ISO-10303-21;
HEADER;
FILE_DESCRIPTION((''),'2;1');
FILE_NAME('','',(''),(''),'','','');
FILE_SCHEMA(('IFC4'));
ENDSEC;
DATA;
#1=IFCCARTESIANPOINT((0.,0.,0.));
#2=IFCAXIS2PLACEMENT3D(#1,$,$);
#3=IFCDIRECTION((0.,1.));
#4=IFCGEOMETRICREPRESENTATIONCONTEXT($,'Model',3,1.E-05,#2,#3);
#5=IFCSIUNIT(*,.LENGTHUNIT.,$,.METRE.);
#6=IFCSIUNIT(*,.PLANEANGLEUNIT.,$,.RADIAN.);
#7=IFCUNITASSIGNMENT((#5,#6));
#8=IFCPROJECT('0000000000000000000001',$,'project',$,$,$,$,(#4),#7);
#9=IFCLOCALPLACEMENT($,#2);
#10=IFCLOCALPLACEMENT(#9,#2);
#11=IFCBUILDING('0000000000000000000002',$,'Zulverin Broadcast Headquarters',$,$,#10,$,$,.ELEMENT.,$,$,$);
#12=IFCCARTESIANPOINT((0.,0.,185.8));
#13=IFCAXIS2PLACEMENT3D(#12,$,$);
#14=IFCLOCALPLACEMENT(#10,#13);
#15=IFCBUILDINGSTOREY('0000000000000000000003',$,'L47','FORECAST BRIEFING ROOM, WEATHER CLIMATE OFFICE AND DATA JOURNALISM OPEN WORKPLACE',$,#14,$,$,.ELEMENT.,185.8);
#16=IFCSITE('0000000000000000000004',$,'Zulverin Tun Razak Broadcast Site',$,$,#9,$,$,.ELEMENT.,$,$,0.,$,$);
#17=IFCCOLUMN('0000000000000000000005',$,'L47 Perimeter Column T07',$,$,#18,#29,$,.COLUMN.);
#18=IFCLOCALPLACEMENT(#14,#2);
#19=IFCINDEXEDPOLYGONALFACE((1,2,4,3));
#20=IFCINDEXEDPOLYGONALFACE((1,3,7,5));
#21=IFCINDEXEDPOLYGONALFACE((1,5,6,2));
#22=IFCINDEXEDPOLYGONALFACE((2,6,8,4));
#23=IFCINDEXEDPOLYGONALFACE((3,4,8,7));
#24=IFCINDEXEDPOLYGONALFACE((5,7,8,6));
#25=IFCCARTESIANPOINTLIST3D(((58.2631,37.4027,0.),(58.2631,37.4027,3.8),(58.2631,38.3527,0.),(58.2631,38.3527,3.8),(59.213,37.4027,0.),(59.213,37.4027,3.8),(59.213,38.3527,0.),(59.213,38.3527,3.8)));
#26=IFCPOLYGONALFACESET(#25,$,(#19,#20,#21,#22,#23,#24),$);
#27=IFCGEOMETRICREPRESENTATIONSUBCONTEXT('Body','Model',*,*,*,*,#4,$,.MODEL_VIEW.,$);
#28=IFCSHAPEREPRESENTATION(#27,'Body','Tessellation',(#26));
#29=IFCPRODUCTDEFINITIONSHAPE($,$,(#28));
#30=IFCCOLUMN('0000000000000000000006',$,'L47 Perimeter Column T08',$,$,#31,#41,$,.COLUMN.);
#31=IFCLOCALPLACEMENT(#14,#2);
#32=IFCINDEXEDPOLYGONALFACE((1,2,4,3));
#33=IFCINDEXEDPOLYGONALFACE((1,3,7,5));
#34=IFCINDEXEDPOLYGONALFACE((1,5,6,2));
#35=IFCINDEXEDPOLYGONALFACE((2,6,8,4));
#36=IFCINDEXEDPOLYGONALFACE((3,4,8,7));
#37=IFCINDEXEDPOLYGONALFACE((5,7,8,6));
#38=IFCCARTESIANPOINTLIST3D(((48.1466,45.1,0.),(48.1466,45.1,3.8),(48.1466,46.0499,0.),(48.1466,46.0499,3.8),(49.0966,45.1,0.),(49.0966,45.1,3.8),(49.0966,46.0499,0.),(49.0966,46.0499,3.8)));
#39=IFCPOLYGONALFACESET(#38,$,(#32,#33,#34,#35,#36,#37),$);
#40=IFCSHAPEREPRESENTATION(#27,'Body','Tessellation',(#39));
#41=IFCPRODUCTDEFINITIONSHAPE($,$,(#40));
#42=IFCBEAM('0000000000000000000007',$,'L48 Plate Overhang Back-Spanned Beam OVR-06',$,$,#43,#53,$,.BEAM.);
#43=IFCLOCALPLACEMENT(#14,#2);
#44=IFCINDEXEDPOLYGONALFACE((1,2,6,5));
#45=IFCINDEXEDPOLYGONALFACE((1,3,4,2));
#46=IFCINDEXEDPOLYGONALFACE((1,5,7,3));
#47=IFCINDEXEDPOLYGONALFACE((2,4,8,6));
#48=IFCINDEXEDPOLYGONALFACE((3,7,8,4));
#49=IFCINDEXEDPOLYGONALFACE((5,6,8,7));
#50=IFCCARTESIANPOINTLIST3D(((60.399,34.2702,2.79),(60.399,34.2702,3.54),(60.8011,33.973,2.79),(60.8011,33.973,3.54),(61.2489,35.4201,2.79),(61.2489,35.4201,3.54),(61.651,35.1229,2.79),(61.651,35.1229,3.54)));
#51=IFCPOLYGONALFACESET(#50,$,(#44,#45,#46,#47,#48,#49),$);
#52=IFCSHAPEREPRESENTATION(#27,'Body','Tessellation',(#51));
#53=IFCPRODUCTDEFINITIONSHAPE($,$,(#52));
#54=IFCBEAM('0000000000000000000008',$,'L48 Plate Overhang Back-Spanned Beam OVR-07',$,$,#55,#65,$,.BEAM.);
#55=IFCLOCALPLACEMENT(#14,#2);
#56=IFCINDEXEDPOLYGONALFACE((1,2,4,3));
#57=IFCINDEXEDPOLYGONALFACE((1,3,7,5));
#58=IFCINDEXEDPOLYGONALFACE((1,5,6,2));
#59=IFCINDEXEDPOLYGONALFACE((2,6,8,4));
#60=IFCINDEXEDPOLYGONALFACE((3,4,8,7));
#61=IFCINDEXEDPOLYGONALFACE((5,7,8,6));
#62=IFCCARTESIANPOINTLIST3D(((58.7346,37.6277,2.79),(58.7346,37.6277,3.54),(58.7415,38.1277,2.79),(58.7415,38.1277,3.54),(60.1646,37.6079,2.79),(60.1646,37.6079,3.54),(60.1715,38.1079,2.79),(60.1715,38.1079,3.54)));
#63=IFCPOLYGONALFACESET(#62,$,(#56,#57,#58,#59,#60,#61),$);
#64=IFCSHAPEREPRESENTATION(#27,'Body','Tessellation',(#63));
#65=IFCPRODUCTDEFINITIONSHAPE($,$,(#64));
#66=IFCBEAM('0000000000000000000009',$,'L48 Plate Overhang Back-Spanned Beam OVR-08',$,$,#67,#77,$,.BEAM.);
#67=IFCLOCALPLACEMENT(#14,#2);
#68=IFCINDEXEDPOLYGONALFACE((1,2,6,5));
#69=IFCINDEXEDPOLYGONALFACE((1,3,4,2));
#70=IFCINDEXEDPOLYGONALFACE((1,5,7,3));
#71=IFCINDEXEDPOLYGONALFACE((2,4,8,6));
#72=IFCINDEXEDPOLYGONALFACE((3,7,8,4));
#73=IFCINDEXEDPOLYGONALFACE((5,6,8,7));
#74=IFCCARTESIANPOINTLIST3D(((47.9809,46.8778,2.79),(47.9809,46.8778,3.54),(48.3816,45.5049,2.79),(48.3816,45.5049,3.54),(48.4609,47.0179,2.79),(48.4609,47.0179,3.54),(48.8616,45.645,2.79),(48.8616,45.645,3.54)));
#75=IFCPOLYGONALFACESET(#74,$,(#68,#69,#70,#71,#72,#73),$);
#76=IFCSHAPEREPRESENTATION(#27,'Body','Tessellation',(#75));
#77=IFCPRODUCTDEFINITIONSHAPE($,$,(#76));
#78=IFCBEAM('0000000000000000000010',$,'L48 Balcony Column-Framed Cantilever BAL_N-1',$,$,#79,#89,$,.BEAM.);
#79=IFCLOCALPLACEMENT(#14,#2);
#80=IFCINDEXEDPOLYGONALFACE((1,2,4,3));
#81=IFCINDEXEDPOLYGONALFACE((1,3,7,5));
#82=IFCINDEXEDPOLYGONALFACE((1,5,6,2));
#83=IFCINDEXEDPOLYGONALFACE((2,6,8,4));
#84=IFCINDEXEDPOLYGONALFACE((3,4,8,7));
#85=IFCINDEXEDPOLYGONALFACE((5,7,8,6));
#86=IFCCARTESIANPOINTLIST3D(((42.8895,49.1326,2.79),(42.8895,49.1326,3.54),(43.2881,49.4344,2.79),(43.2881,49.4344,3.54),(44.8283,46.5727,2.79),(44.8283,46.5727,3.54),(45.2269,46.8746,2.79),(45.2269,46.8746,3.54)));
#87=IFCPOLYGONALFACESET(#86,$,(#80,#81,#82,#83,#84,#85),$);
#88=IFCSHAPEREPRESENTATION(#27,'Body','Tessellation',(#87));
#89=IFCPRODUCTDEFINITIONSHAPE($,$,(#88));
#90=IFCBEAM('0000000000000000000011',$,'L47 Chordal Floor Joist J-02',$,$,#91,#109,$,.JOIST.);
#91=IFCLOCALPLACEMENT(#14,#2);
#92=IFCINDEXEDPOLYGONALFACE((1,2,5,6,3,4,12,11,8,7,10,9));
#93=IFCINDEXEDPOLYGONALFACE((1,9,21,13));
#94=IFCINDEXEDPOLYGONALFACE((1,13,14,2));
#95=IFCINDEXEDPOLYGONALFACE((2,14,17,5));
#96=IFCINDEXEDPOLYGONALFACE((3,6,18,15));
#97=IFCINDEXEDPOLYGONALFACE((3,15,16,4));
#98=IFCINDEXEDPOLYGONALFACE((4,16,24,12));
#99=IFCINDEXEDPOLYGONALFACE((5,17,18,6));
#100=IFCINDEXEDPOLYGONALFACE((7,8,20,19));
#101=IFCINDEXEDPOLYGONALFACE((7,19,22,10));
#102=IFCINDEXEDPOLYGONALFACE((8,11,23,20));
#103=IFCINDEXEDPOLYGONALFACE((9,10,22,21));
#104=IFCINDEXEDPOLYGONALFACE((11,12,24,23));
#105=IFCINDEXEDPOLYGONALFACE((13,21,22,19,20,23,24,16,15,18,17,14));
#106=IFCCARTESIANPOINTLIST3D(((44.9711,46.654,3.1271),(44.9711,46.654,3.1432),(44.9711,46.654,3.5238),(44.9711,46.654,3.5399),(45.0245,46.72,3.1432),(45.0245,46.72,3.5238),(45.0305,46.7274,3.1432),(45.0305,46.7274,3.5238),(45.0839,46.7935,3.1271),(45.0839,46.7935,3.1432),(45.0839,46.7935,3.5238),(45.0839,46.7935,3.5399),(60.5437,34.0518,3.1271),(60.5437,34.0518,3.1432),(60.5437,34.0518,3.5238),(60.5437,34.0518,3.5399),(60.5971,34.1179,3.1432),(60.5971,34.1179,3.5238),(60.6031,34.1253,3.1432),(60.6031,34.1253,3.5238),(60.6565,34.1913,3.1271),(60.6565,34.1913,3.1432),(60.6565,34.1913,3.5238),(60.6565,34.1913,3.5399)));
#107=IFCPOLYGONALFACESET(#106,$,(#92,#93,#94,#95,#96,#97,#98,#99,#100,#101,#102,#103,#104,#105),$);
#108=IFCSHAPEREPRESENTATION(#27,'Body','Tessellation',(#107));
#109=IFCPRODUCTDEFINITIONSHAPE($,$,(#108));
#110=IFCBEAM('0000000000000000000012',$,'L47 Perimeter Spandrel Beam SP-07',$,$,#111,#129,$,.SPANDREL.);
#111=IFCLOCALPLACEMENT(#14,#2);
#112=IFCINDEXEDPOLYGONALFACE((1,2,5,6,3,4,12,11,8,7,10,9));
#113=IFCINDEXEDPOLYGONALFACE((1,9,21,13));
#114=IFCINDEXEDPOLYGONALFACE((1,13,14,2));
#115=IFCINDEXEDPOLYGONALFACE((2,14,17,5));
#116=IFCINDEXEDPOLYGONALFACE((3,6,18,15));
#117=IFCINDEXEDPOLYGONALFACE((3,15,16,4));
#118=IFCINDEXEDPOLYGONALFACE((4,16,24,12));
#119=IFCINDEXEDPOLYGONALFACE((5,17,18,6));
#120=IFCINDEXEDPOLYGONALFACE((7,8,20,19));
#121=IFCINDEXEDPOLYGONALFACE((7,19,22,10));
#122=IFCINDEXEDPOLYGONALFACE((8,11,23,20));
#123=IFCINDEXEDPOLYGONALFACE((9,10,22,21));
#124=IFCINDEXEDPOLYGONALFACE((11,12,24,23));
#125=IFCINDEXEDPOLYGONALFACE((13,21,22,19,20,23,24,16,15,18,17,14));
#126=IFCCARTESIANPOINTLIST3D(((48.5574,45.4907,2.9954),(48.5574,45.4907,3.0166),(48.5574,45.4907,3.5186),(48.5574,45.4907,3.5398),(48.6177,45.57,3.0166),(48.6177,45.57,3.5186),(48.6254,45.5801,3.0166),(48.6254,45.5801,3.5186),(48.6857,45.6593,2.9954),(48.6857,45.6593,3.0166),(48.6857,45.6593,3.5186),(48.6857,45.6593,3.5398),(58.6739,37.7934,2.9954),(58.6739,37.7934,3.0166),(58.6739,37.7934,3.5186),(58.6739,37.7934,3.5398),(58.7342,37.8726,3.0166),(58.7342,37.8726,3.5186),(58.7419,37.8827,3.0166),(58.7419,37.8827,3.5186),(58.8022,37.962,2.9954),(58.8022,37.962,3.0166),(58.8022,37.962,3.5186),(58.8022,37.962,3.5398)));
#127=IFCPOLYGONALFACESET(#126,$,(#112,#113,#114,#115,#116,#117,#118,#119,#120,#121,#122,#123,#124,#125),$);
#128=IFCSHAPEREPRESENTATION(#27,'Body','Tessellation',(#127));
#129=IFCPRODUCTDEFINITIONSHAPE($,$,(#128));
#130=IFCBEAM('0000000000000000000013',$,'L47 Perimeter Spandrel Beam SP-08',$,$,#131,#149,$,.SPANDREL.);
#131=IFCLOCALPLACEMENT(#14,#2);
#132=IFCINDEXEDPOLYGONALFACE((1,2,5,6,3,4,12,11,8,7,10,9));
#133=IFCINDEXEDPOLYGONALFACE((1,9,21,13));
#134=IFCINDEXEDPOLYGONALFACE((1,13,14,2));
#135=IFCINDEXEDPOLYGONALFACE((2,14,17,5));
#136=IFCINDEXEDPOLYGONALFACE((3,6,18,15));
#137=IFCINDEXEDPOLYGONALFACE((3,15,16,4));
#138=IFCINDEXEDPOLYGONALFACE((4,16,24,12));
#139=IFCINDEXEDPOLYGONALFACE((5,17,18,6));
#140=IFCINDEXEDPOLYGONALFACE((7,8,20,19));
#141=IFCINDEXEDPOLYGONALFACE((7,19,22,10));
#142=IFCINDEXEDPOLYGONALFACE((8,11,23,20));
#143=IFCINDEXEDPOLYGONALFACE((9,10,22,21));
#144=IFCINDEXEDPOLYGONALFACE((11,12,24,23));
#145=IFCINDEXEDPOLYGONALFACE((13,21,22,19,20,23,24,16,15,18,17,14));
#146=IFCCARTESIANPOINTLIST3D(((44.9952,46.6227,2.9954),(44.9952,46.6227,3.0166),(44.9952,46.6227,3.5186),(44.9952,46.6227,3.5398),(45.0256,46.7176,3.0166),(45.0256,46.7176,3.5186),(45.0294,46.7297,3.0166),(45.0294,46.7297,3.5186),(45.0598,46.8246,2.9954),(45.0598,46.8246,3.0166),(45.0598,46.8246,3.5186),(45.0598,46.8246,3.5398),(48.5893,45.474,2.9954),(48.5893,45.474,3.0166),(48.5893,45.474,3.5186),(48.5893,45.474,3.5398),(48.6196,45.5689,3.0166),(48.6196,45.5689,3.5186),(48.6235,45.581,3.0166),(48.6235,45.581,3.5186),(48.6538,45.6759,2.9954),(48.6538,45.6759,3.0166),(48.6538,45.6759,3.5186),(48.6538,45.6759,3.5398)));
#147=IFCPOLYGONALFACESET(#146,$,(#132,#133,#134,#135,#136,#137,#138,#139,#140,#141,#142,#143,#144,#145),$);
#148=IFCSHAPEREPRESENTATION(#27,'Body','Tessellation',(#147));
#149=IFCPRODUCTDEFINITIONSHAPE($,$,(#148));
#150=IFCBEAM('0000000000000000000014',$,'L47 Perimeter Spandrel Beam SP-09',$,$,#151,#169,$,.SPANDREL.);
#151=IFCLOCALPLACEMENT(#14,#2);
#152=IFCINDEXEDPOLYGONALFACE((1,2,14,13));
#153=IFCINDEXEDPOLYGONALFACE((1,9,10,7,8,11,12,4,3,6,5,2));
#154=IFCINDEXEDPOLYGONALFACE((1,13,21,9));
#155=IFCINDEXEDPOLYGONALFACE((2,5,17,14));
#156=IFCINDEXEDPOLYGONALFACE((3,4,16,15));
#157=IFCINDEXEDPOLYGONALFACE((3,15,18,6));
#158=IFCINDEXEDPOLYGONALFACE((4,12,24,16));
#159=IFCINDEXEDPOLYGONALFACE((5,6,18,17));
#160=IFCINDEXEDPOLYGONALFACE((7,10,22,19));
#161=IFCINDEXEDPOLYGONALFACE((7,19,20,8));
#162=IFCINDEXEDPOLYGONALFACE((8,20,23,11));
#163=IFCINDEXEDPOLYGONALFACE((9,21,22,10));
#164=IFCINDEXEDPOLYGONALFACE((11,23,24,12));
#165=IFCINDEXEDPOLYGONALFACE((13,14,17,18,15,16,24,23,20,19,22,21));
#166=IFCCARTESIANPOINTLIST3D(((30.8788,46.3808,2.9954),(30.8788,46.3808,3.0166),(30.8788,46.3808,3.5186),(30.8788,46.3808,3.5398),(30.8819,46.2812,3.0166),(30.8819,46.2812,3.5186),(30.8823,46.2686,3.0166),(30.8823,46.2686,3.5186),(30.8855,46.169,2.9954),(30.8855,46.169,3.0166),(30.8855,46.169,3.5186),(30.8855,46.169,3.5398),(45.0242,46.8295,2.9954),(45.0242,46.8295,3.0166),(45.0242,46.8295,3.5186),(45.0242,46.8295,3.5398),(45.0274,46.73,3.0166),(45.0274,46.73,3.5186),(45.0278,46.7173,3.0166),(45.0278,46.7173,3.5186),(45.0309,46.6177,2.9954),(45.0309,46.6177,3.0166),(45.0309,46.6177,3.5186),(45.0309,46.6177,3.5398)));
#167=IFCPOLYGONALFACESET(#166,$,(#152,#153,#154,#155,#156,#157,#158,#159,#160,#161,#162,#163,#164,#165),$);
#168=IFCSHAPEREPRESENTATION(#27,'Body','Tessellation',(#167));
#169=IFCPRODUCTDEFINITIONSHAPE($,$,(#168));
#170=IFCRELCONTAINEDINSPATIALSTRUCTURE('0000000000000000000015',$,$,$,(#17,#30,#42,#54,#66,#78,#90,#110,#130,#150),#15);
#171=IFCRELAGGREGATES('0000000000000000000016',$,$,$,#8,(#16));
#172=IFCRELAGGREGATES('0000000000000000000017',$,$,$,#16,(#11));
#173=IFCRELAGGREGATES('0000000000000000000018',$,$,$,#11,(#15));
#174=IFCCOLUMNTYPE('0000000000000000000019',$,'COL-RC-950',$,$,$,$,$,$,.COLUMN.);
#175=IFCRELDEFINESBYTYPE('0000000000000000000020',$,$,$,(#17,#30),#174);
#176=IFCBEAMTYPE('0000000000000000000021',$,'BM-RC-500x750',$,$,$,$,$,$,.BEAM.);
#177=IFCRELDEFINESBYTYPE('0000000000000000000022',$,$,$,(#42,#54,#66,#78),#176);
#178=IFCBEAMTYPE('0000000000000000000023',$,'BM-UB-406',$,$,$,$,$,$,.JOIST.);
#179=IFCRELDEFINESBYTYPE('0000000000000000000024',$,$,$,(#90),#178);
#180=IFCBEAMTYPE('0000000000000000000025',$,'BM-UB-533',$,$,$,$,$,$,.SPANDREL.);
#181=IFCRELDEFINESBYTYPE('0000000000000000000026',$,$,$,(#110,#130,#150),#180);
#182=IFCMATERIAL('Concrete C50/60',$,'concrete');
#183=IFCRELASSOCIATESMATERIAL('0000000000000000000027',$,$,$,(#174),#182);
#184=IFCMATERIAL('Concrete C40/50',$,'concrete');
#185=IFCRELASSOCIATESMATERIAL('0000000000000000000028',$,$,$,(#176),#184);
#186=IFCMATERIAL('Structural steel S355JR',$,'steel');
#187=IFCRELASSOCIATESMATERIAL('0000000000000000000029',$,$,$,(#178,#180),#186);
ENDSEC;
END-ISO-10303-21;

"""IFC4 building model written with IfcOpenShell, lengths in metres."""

from ifc_helpers import new_model, si_unit, direction, frame, origin, origin_2d, place, context, subcontext, project, spatial, rectangle, i_section, extrude, material, material_profile, profile_set, type_object, element, save


model = new_model("IFC4")

# Units and contexts
model_context = context("Model", 3, precision=1e-05, world=origin(), true_north=direction((0.0, 1.0)))
body_context = subcontext(model_context, "Body", "Model", "MODEL_VIEW")
ifc_project = project(units=[si_unit("LENGTHUNIT", "METRE"), si_unit("PLANEANGLEUNIT", "RADIAN")], contexts=[model_context])

# Site, building, storey
site_placement = place(None, origin())
site = spatial("IfcSite", under=ifc_project, at=site_placement, Name="Zulverin Tun Razak Broadcast Site", CompositionType="ELEMENT", RefElevation=0.0)
building_placement = place(site_placement, origin())
building = spatial("IfcBuilding", under=site, at=building_placement, Name="Zulverin Broadcast Headquarters", CompositionType="ELEMENT")
storey_placement = place(building_placement, frame((0.0, 0.0, 185.8)))
storey = spatial("IfcBuildingStorey", under=building, at=storey_placement, Name="L47", Description="FORECAST BRIEFING ROOM, WEATHER CLIMATE OFFICE AND DATA JOURNALISM OPEN WORKPLACE", CompositionType="ELEMENT", Elevation=185.8)

# Columns
ifc_material_1 = material(Name="Concrete C50/60", Category="concrete")
ifc_material_profile_1 = material_profile(ifc_material_1, rectangle(XDim=0.95, YDim=0.95, at=origin_2d()), Name="Concrete C50/60", Category="concrete")
ifc_profile_set_1 = profile_set([ifc_material_profile_1], Name="Concrete C50/60")
column_type = type_object("IfcColumnType", Name="COL-RC-950", PredefinedType="COLUMN", material=ifc_profile_set_1)
for number, where, z_axis, x_axis, name in (
    (1, (58.738, 37.8777, 0.0), (0.0, 0.0, 1.0), (1.0, 0.0, 0.0), "L47 Perimeter Column T07"),
    (2, (48.6216, 45.575, 0.0), (0.0, 0.0, 1.0), (1.0, 0.0, 0.0), "L47 Perimeter Column T08"),
):
    element("IfcColumn", number, at=place(storey_placement, frame(where, z_axis=z_axis, x_axis=x_axis)), inside=storey, type_object=column_type, Name=name, PredefinedType="COLUMN", context=body_context, shape_type="SweptSolid", body=[
        extrude(rectangle(XDim=0.95, YDim=0.95, at=origin_2d()), origin(), (0.0, 0.0, 1.0), 3.8),
    ])

# Beams
ifc_material_2 = material(Name="Concrete C40/50", Category="concrete")
ifc_material_profile_2 = material_profile(ifc_material_2, rectangle(XDim=0.5, YDim=0.75, at=origin_2d()), Name="Concrete C40/50", Category="concrete")
ifc_profile_set_2 = profile_set([ifc_material_profile_2], Name="Concrete C40/50")
beam_type_1 = type_object("IfcBeamType", Name="BM-RC-500x750", PredefinedType="BEAM", material=ifc_profile_set_2)
beam_1_placement = place(storey_placement, frame((60.6001, 34.1216, 3.165), z_axis=(0.594357, 0.804201, 0.0), x_axis=(-0.804201, 0.594357, 0.0)))
element("IfcBeam", 3, at=beam_1_placement, inside=storey, type_object=beam_type_1, Name="L48 Plate Overhang Back-Spanned Beam OVR-06", PredefinedType="BEAM", context=body_context, shape_type="SweptSolid", body=[
    extrude(rectangle(XDim=0.5, YDim=0.75, at=origin_2d()), origin(), (0.0, 0.0, 1.0), 1.4299),
])
for number, where, z_axis, x_axis, name in (
    (4, (58.738, 37.8777, 3.165), (0.999904, -0.013828, 0.0), (0.013828, 0.999904, 0.0), "L48 Plate Overhang Back-Spanned Beam OVR-07"),
    (5, (48.6216, 45.575, 3.165), (-0.280151, 0.959956, 0.0), (-0.959956, -0.280151, 0.0), "L48 Plate Overhang Back-Spanned Beam OVR-08"),
):
    element("IfcBeam", number, at=place(storey_placement, frame(where, z_axis=z_axis, x_axis=x_axis)), inside=storey, type_object=beam_type_1, Name=name, PredefinedType="BEAM", context=body_context, shape_type="SweptSolid", body=[
        extrude(rectangle(XDim=0.5, YDim=0.75, at=origin_2d()), origin(), (0.0, 0.0, 1.0), 1.4302),
    ])
beam_2_placement = place(storey_placement, frame((45.0276, 46.7236, 3.165), z_axis=(-0.603752, 0.797172, 0.0), x_axis=(-0.797172, -0.603752, 0.0)))
element("IfcBeam", 6, at=beam_2_placement, inside=storey, type_object=beam_type_1, Name="L48 Balcony Column-Framed Cantilever BAL_N-1", PredefinedType="BEAM", context=body_context, shape_type="SweptSolid", body=[
    extrude(rectangle(XDim=0.5, YDim=0.75, at=origin_2d()), origin(), (0.0, 0.0, 1.0), 3.2112),
])
ifc_material_3 = material(Name="Structural steel S355JR", Category="steel")
ifc_material_profile_3 = material_profile(ifc_material_3, i_section(OverallWidth=0.1794, OverallDepth=0.4128, WebThickness=0.0095, FlangeThickness=0.0161, at=origin_2d()), Name="Structural steel S355JR", Category="steel")
ifc_profile_set_3 = profile_set([ifc_material_profile_3], Name="Structural steel S355JR")
beam_type_2 = type_object("IfcBeamType", Name="BM-UB-406", PredefinedType="JOIST", material=ifc_profile_set_3)
beam_3_placement = place(storey_placement, frame((60.6001, 34.1216, 3.3335), z_axis=(-0.777349, 0.62907, 0.0), x_axis=(-0.62907, -0.777349, 0.0)))
element("IfcBeam", 7, at=beam_3_placement, inside=storey, type_object=beam_type_2, Name="L47 Chordal Floor Joist J-02", PredefinedType="JOIST", context=body_context, shape_type="SweptSolid", body=[
    extrude(i_section(OverallWidth=0.1794, OverallDepth=0.4128, WebThickness=0.0095, FlangeThickness=0.0161, at=origin_2d()), origin(), (0.0, 0.0, 1.0), 20.033),
])
ifc_material_profile_4 = material_profile(ifc_material_3, i_section(OverallWidth=0.2119, OverallDepth=0.5444, WebThickness=0.0127, FlangeThickness=0.0212, at=origin_2d()), Name="Structural steel S355JR", Category="steel")
ifc_profile_set_4 = profile_set([ifc_material_profile_4], Name="Structural steel S355JR")
beam_type_3 = type_object("IfcBeamType", Name="BM-UB-533", PredefinedType="SPANDREL", material=ifc_profile_set_4)
beam_4_placement = place(storey_placement, frame((58.738, 37.8777, 3.2676), z_axis=(-0.79583, 0.60552, 0.0), x_axis=(-0.60552, -0.79583, 0.0)))
element("IfcBeam", 8, at=beam_4_placement, inside=storey, type_object=beam_type_3, Name="L47 Perimeter Spandrel Beam SP-07", PredefinedType="SPANDREL", context=body_context, shape_type="SweptSolid", body=[
    extrude(i_section(OverallWidth=0.2119, OverallDepth=0.5444, WebThickness=0.0127, FlangeThickness=0.0212, at=origin_2d()), origin(), (0.0, 0.0, 1.0), 12.7119),
])
beam_5_placement = place(storey_placement, frame((48.6216, 45.575, 3.2676), z_axis=(-0.952532, 0.30444, 0.0), x_axis=(-0.30444, -0.952532, 0.0)))
element("IfcBeam", 9, at=beam_5_placement, inside=storey, type_object=beam_type_3, Name="L47 Perimeter Spandrel Beam SP-08", PredefinedType="SPANDREL", context=body_context, shape_type="SweptSolid", body=[
    extrude(i_section(OverallWidth=0.2119, OverallDepth=0.5444, WebThickness=0.0127, FlangeThickness=0.0212, at=origin_2d()), origin(), (0.0, 0.0, 1.0), 3.7732),
])
beam_6_placement = place(storey_placement, frame((45.0276, 46.7236, 3.2676), z_axis=(-0.999497, -0.031707, 0.0), x_axis=(0.031707, -0.999497, 0.0)))
element("IfcBeam", 10, at=beam_6_placement, inside=storey, type_object=beam_type_3, Name="L47 Perimeter Spandrel Beam SP-09", PredefinedType="SPANDREL", context=body_context, shape_type="SweptSolid", body=[
    extrude(i_section(OverallWidth=0.2119, OverallDepth=0.5444, WebThickness=0.0127, FlangeThickness=0.0212, at=origin_2d()), origin(), (0.0, 0.0, 1.0), 14.1526),
])

save(model, "model.ifc")
